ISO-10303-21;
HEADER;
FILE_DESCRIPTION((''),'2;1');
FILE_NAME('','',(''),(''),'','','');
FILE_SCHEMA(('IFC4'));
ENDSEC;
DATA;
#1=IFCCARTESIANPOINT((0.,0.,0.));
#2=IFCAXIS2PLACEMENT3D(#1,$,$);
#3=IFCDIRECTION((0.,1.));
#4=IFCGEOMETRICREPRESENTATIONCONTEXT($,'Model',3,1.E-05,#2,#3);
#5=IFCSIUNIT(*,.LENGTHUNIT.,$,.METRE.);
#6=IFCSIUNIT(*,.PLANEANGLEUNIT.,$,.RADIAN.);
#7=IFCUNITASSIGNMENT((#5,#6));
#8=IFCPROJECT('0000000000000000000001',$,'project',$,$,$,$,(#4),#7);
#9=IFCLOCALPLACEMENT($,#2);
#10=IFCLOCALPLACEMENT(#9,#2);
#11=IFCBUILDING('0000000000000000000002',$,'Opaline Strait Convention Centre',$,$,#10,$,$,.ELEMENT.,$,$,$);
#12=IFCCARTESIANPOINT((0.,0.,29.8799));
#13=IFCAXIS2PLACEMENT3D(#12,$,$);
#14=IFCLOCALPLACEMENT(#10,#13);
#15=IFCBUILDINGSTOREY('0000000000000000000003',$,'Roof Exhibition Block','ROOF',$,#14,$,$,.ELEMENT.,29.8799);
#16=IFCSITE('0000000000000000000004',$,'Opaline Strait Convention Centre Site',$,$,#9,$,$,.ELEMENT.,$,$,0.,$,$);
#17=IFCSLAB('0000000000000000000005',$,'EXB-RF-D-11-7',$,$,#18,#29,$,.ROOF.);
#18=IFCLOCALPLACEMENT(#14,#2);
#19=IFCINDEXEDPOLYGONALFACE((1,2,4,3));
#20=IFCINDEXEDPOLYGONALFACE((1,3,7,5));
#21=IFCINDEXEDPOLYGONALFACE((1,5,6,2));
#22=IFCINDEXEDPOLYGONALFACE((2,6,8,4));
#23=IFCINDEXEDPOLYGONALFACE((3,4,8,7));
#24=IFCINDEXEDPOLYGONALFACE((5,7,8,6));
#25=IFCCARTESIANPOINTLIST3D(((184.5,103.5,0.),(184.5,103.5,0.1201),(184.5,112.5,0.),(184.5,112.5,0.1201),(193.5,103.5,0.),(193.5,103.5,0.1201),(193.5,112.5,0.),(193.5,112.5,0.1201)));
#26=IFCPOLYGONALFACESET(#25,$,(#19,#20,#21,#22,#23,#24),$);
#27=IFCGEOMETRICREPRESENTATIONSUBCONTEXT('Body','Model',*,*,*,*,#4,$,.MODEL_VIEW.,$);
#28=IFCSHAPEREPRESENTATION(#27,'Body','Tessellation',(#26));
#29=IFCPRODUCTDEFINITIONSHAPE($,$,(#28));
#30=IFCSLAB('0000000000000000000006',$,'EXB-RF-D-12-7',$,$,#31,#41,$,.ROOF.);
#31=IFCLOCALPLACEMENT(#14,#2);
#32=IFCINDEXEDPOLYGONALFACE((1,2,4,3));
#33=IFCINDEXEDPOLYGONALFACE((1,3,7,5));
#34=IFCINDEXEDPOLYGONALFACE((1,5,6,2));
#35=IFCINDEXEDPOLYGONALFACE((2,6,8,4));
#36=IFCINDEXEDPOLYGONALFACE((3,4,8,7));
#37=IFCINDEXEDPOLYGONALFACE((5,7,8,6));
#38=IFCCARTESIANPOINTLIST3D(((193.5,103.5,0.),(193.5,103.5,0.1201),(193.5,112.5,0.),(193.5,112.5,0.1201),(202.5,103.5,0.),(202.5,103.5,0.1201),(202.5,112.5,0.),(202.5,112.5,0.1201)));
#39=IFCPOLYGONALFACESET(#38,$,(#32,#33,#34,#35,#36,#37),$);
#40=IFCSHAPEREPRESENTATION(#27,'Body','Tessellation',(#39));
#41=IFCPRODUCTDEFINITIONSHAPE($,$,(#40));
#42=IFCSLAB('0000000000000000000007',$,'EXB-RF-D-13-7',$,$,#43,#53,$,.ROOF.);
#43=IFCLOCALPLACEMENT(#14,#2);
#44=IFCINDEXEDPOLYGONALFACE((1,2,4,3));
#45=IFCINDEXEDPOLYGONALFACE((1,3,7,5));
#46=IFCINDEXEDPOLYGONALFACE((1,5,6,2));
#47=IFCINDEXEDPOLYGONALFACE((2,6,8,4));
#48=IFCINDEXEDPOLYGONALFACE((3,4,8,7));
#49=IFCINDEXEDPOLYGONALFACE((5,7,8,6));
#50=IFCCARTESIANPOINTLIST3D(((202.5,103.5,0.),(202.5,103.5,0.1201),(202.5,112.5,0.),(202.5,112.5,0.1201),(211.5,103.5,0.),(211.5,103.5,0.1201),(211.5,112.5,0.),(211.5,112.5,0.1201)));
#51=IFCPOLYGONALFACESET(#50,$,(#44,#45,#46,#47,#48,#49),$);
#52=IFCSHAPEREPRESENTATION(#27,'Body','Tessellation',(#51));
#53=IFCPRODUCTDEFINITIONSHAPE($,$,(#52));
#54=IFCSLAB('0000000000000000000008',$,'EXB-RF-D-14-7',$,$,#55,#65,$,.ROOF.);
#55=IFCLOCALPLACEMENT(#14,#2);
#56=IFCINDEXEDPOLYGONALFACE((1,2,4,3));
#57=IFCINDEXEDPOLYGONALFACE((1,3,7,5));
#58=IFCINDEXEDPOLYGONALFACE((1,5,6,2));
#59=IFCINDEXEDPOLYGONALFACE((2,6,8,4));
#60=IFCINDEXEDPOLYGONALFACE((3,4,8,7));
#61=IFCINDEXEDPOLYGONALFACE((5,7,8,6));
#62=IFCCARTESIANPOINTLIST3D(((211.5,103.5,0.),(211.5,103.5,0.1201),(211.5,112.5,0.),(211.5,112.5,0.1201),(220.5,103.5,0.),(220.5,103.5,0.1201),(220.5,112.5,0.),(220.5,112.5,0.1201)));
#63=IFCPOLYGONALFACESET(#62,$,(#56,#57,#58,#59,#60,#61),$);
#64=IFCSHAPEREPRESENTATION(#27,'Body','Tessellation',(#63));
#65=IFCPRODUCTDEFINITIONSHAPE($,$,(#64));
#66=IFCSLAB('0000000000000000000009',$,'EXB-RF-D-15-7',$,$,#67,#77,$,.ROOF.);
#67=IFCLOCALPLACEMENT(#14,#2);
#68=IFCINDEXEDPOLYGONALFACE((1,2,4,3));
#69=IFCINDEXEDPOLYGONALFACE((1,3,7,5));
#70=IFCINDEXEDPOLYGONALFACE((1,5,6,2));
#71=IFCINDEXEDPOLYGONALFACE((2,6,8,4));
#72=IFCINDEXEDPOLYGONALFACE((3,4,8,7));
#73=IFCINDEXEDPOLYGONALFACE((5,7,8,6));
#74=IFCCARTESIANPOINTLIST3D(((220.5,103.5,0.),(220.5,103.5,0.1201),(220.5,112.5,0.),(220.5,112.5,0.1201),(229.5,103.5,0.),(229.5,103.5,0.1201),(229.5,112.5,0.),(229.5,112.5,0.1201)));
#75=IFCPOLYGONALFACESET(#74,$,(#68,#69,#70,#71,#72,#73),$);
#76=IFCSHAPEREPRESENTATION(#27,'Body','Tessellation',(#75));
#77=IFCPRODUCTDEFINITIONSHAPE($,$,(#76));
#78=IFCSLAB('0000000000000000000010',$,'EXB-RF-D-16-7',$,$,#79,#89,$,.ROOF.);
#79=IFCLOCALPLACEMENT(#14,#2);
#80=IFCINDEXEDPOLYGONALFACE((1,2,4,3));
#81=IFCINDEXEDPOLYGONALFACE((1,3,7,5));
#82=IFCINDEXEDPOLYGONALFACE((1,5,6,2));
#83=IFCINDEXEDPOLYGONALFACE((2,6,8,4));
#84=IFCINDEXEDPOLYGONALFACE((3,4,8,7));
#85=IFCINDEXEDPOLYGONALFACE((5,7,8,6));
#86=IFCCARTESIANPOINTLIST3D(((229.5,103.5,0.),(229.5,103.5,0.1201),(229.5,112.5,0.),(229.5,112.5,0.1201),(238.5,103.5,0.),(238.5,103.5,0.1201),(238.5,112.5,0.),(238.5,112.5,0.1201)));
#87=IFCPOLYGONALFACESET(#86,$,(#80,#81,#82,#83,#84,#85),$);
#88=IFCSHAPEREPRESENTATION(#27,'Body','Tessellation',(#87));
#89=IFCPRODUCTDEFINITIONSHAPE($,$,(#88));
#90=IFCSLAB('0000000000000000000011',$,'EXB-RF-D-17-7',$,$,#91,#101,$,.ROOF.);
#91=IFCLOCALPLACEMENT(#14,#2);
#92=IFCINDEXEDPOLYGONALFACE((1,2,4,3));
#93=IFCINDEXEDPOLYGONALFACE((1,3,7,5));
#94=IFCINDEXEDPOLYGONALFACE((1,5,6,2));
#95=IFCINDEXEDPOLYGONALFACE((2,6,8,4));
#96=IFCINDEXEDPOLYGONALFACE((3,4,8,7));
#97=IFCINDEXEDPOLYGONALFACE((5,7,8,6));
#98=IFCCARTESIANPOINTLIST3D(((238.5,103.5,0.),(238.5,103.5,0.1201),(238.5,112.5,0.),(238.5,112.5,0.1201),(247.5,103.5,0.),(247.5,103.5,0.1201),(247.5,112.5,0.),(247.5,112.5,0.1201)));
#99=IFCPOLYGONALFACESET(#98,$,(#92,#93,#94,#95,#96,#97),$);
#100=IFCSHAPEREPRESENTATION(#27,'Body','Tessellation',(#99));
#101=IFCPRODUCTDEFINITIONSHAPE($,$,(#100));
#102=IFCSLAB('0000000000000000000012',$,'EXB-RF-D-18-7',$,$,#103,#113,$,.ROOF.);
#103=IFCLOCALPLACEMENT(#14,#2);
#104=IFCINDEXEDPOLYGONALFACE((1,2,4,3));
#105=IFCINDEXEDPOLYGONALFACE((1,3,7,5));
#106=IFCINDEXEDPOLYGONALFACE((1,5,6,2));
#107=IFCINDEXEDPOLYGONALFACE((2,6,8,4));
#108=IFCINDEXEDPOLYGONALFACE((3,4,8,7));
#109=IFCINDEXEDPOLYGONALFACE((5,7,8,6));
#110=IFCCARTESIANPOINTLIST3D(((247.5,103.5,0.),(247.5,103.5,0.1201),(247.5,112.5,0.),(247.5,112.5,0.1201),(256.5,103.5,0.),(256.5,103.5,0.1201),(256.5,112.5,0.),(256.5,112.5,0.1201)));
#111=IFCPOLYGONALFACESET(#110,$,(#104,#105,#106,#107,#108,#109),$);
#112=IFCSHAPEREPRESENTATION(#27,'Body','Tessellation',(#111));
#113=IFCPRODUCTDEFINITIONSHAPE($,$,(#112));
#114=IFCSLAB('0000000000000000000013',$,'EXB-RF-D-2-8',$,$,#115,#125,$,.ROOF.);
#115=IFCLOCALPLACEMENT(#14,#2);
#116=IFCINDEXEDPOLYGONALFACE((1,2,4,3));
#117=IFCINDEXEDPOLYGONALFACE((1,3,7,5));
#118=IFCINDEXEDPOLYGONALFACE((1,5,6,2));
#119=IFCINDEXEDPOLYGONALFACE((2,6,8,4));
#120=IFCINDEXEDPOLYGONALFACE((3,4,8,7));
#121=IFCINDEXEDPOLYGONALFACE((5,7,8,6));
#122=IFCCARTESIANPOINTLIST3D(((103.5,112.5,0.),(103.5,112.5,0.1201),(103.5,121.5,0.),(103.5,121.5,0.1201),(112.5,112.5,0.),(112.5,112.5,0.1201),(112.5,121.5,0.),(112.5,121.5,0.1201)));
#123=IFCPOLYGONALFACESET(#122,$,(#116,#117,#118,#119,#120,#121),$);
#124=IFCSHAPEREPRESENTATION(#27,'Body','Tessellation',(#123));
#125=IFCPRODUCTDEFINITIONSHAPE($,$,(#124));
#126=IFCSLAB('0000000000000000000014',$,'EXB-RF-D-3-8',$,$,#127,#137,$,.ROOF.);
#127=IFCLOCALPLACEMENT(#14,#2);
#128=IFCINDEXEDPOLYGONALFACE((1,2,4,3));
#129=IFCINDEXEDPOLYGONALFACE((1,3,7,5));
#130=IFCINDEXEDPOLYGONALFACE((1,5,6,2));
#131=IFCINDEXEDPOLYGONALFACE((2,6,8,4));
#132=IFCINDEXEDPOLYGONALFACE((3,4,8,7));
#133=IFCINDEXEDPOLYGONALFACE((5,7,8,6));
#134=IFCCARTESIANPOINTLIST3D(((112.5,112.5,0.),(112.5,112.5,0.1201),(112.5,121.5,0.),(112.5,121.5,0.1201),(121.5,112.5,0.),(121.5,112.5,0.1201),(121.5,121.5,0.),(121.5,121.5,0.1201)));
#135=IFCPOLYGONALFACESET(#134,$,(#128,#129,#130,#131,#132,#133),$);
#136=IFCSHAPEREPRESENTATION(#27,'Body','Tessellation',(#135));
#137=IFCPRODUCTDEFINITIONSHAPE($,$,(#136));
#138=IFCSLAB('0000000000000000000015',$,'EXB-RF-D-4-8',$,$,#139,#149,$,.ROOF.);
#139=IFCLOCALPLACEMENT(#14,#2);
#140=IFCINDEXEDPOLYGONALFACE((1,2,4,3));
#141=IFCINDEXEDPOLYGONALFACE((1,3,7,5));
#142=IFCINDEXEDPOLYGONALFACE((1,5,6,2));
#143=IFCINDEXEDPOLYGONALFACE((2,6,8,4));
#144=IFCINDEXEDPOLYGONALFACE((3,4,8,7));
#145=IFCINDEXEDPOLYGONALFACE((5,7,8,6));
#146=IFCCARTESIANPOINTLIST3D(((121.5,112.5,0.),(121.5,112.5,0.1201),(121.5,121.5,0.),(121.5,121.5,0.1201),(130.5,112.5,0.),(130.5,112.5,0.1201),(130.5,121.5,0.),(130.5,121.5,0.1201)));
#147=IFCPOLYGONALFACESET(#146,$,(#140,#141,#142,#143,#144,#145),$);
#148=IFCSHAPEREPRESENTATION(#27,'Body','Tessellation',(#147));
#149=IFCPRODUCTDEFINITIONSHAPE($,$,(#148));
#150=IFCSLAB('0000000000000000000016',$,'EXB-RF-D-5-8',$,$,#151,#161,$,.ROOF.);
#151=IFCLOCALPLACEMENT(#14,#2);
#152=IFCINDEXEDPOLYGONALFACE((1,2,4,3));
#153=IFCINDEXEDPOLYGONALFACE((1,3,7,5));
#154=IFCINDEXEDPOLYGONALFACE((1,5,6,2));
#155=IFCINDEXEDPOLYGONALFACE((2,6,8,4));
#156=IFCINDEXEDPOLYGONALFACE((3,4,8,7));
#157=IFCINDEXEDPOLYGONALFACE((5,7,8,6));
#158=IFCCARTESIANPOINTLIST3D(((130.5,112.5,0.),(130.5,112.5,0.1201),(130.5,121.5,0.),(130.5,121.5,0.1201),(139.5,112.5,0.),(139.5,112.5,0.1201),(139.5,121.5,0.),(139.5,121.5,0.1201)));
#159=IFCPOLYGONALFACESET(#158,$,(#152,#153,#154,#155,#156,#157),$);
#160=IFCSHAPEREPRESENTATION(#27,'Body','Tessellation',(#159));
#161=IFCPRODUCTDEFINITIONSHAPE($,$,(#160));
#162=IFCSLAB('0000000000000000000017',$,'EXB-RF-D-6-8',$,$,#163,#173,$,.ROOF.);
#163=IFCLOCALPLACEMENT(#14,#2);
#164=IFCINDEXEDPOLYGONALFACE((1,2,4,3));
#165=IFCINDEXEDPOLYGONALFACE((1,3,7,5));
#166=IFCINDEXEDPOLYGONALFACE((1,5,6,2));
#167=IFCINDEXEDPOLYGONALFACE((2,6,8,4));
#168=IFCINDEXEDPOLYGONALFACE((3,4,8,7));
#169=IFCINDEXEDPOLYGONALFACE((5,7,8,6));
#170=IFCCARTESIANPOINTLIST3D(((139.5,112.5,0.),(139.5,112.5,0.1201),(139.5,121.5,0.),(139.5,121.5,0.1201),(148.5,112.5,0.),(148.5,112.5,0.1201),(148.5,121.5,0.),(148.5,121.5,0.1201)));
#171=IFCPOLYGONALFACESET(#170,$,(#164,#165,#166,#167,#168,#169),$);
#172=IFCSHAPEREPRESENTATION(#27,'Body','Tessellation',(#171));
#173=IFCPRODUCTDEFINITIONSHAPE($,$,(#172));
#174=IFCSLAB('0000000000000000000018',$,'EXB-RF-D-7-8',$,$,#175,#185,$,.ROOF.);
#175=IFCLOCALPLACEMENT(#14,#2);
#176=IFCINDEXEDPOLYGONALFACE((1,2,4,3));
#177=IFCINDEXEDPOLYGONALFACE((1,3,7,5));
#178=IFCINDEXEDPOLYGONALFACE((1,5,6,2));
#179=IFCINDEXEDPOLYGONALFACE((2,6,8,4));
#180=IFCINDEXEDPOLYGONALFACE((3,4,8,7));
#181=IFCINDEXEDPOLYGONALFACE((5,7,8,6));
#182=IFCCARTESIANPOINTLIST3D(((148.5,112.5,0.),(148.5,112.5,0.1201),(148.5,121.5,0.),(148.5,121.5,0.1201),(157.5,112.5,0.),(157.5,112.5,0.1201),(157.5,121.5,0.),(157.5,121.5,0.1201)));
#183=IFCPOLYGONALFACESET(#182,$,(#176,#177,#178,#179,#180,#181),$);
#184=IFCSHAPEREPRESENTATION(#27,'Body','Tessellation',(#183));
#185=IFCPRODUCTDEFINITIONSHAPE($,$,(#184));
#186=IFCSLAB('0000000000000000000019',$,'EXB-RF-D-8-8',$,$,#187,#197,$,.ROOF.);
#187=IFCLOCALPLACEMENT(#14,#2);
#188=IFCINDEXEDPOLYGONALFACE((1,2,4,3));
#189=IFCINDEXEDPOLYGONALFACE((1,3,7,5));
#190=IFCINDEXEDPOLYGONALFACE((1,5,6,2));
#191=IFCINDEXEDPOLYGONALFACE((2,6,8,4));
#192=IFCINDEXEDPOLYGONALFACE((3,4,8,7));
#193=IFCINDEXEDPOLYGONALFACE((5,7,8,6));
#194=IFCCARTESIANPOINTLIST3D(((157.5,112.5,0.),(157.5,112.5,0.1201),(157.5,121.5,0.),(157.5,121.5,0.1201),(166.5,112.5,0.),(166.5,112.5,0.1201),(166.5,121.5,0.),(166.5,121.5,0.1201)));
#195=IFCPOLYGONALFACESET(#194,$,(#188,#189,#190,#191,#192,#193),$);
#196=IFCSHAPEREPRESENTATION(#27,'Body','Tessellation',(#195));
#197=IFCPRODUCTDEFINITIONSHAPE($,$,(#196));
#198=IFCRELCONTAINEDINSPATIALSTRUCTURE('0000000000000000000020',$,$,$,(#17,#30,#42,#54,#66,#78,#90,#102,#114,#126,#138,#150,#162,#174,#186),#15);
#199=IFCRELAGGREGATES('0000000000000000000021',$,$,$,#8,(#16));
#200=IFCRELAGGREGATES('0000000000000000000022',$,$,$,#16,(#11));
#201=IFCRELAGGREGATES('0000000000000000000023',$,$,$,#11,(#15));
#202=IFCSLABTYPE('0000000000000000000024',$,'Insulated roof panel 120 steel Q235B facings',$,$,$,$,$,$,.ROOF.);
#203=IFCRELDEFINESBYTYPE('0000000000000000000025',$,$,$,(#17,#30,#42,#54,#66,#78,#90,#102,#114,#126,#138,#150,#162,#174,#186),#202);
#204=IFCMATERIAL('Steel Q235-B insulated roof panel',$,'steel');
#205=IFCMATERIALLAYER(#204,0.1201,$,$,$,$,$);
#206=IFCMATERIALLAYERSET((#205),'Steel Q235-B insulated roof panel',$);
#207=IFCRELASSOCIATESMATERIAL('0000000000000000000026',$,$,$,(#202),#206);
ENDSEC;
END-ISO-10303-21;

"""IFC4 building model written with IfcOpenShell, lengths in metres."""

from ifc_helpers import new_model, si_unit, direction, frame, origin, place, context, subcontext, project, spatial, polyline, outline, extrude, material, layer, layer_set, type_object, element, save


model = new_model("IFC4")

# Units and contexts
model_context = context("Model", 3, precision=1e-05, world=origin(), true_north=direction((0.0, 1.0)))
body_context = subcontext(model_context, "Body", "Model", "MODEL_VIEW")
ifc_project = project(units=[si_unit("LENGTHUNIT", "METRE"), si_unit("PLANEANGLEUNIT", "RADIAN")], contexts=[model_context])

# Site, building, storey
site_placement = place(None, origin())
site = spatial("IfcSite", under=ifc_project, at=site_placement, Name="Opaline Strait Convention Centre Site", CompositionType="ELEMENT", RefElevation=0.0)
building_placement = place(site_placement, origin())
building = spatial("IfcBuilding", under=site, at=building_placement, Name="Opaline Strait Convention Centre", CompositionType="ELEMENT")
storey_placement = place(building_placement, frame((0.0, 0.0, 29.8799)))
storey = spatial("IfcBuildingStorey", under=building, at=storey_placement, Name="Roof Exhibition Block", Description="ROOF", CompositionType="ELEMENT", Elevation=29.8799)

# Slabs
ifc_material = material(Name="Steel Q235-B insulated roof panel", Category="steel")
ifc_layer = layer(ifc_material, 0.1201)
ifc_layer_set = layer_set([ifc_layer], Name="Steel Q235-B insulated roof panel")
slab_type = type_object("IfcSlabType", Name="Insulated roof panel 120 steel Q235B facings", PredefinedType="ROOF", material=ifc_layer_set)
slab_1_placement = place(storey_placement, origin())
element("IfcSlab", 1, at=slab_1_placement, inside=storey, type_object=slab_type, Name="EXB-RF-D-11-7", PredefinedType="ROOF", context=body_context, shape_type="SweptSolid", body=[
    extrude(outline(polyline([(184.5, 103.5), (193.5, 103.5), (193.5, 112.5), (184.5, 112.5), (184.5, 103.5)])), origin(), (0.0, 0.0, 1.0), 0.1201),
])
slab_2_placement = place(storey_placement, origin())
element("IfcSlab", 2, at=slab_2_placement, inside=storey, type_object=slab_type, Name="EXB-RF-D-12-7", PredefinedType="ROOF", context=body_context, shape_type="SweptSolid", body=[
    extrude(outline(polyline([(193.5, 103.5), (202.5, 103.5), (202.5, 112.5), (193.5, 112.5), (193.5, 103.5)])), origin(), (0.0, 0.0, 1.0), 0.1201),
])
slab_3_placement = place(storey_placement, origin())
element("IfcSlab", 3, at=slab_3_placement, inside=storey, type_object=slab_type, Name="EXB-RF-D-13-7", PredefinedType="ROOF", context=body_context, shape_type="SweptSolid", body=[
    extrude(outline(polyline([(202.5, 103.5), (211.5, 103.5), (211.5, 112.5), (202.5, 112.5), (202.5, 103.5)])), origin(), (0.0, 0.0, 1.0), 0.1201),
])
slab_4_placement = place(storey_placement, origin())
element("IfcSlab", 4, at=slab_4_placement, inside=storey, type_object=slab_type, Name="EXB-RF-D-14-7", PredefinedType="ROOF", context=body_context, shape_type="SweptSolid", body=[
    extrude(outline(polyline([(211.5, 103.5), (220.5, 103.5), (220.5, 112.5), (211.5, 112.5), (211.5, 103.5)])), origin(), (0.0, 0.0, 1.0), 0.1201),
])
slab_5_placement = place(storey_placement, origin())
element("IfcSlab", 5, at=slab_5_placement, inside=storey, type_object=slab_type, Name="EXB-RF-D-15-7", PredefinedType="ROOF", context=body_context, shape_type="SweptSolid", body=[
    extrude(outline(polyline([(220.5, 103.5), (229.5, 103.5), (229.5, 112.5), (220.5, 112.5), (220.5, 103.5)])), origin(), (0.0, 0.0, 1.0), 0.1201),
])
slab_6_placement = place(storey_placement, origin())
element("IfcSlab", 6, at=slab_6_placement, inside=storey, type_object=slab_type, Name="EXB-RF-D-16-7", PredefinedType="ROOF", context=body_context, shape_type="SweptSolid", body=[
    extrude(outline(polyline([(229.5, 103.5), (238.5, 103.5), (238.5, 112.5), (229.5, 112.5), (229.5, 103.5)])), origin(), (0.0, 0.0, 1.0), 0.1201),
])
slab_7_placement = place(storey_placement, origin())
element("IfcSlab", 7, at=slab_7_placement, inside=storey, type_object=slab_type, Name="EXB-RF-D-17-7", PredefinedType="ROOF", context=body_context, shape_type="SweptSolid", body=[
    extrude(outline(polyline([(238.5, 103.5), (247.5, 103.5), (247.5, 112.5), (238.5, 112.5), (238.5, 103.5)])), origin(), (0.0, 0.0, 1.0), 0.1201),
])
slab_8_placement = place(storey_placement, origin())
element("IfcSlab", 8, at=slab_8_placement, inside=storey, type_object=slab_type, Name="EXB-RF-D-18-7", PredefinedType="ROOF", context=body_context, shape_type="SweptSolid", body=[
    extrude(outline(polyline([(247.5, 103.5), (256.5, 103.5), (256.5, 112.5), (247.5, 112.5), (247.5, 103.5)])), origin(), (0.0, 0.0, 1.0), 0.1201),
])
slab_9_placement = place(storey_placement, origin())
element("IfcSlab", 9, at=slab_9_placement, inside=storey, type_object=slab_type, Name="EXB-RF-D-2-8", PredefinedType="ROOF", context=body_context, shape_type="SweptSolid", body=[
    extrude(outline(polyline([(103.5, 112.5), (112.5, 112.5), (112.5, 121.5), (103.5, 121.5), (103.5, 112.5)])), origin(), (0.0, 0.0, 1.0), 0.1201),
])
slab_10_placement = place(storey_placement, origin())
element("IfcSlab", 10, at=slab_10_placement, inside=storey, type_object=slab_type, Name="EXB-RF-D-3-8", PredefinedType="ROOF", context=body_context, shape_type="SweptSolid", body=[
    extrude(outline(polyline([(112.5, 112.5), (121.5, 112.5), (121.5, 121.5), (112.5, 121.5), (112.5, 112.5)])), origin(), (0.0, 0.0, 1.0), 0.1201),
])
slab_11_placement = place(storey_placement, origin())
element("IfcSlab", 11, at=slab_11_placement, inside=storey, type_object=slab_type, Name="EXB-RF-D-4-8", PredefinedType="ROOF", context=body_context, shape_type="SweptSolid", body=[
    extrude(outline(polyline([(121.5, 112.5), (130.5, 112.5), (130.5, 121.5), (121.5, 121.5), (121.5, 112.5)])), origin(), (0.0, 0.0, 1.0), 0.1201),
])
slab_12_placement = place(storey_placement, origin())
element("IfcSlab", 12, at=slab_12_placement, inside=storey, type_object=slab_type, Name="EXB-RF-D-5-8", PredefinedType="ROOF", context=body_context, shape_type="SweptSolid", body=[
    extrude(outline(polyline([(130.5, 112.5), (139.5, 112.5), (139.5, 121.5), (130.5, 121.5), (130.5, 112.5)])), origin(), (0.0, 0.0, 1.0), 0.1201),
])
slab_13_placement = place(storey_placement, origin())
element("IfcSlab", 13, at=slab_13_placement, inside=storey, type_object=slab_type, Name="EXB-RF-D-6-8", PredefinedType="ROOF", context=body_context, shape_type="SweptSolid", body=[
    extrude(outline(polyline([(139.5, 112.5), (148.5, 112.5), (148.5, 121.5), (139.5, 121.5), (139.5, 112.5)])), origin(), (0.0, 0.0, 1.0), 0.1201),
])
slab_14_placement = place(storey_placement, origin())
element("IfcSlab", 14, at=slab_14_placement, inside=storey, type_object=slab_type, Name="EXB-RF-D-7-8", PredefinedType="ROOF", context=body_context, shape_type="SweptSolid", body=[
    extrude(outline(polyline([(148.5, 112.5), (157.5, 112.5), (157.5, 121.5), (148.5, 121.5), (148.5, 112.5)])), origin(), (0.0, 0.0, 1.0), 0.1201),
])
slab_15_placement = place(storey_placement, origin())
element("IfcSlab", 15, at=slab_15_placement, inside=storey, type_object=slab_type, Name="EXB-RF-D-8-8", PredefinedType="ROOF", context=body_context, shape_type="SweptSolid", body=[
    extrude(outline(polyline([(157.5, 112.5), (166.5, 112.5), (166.5, 121.5), (157.5, 121.5), (157.5, 112.5)])), origin(), (0.0, 0.0, 1.0), 0.1201),
])

save(model, "model.ifc")
